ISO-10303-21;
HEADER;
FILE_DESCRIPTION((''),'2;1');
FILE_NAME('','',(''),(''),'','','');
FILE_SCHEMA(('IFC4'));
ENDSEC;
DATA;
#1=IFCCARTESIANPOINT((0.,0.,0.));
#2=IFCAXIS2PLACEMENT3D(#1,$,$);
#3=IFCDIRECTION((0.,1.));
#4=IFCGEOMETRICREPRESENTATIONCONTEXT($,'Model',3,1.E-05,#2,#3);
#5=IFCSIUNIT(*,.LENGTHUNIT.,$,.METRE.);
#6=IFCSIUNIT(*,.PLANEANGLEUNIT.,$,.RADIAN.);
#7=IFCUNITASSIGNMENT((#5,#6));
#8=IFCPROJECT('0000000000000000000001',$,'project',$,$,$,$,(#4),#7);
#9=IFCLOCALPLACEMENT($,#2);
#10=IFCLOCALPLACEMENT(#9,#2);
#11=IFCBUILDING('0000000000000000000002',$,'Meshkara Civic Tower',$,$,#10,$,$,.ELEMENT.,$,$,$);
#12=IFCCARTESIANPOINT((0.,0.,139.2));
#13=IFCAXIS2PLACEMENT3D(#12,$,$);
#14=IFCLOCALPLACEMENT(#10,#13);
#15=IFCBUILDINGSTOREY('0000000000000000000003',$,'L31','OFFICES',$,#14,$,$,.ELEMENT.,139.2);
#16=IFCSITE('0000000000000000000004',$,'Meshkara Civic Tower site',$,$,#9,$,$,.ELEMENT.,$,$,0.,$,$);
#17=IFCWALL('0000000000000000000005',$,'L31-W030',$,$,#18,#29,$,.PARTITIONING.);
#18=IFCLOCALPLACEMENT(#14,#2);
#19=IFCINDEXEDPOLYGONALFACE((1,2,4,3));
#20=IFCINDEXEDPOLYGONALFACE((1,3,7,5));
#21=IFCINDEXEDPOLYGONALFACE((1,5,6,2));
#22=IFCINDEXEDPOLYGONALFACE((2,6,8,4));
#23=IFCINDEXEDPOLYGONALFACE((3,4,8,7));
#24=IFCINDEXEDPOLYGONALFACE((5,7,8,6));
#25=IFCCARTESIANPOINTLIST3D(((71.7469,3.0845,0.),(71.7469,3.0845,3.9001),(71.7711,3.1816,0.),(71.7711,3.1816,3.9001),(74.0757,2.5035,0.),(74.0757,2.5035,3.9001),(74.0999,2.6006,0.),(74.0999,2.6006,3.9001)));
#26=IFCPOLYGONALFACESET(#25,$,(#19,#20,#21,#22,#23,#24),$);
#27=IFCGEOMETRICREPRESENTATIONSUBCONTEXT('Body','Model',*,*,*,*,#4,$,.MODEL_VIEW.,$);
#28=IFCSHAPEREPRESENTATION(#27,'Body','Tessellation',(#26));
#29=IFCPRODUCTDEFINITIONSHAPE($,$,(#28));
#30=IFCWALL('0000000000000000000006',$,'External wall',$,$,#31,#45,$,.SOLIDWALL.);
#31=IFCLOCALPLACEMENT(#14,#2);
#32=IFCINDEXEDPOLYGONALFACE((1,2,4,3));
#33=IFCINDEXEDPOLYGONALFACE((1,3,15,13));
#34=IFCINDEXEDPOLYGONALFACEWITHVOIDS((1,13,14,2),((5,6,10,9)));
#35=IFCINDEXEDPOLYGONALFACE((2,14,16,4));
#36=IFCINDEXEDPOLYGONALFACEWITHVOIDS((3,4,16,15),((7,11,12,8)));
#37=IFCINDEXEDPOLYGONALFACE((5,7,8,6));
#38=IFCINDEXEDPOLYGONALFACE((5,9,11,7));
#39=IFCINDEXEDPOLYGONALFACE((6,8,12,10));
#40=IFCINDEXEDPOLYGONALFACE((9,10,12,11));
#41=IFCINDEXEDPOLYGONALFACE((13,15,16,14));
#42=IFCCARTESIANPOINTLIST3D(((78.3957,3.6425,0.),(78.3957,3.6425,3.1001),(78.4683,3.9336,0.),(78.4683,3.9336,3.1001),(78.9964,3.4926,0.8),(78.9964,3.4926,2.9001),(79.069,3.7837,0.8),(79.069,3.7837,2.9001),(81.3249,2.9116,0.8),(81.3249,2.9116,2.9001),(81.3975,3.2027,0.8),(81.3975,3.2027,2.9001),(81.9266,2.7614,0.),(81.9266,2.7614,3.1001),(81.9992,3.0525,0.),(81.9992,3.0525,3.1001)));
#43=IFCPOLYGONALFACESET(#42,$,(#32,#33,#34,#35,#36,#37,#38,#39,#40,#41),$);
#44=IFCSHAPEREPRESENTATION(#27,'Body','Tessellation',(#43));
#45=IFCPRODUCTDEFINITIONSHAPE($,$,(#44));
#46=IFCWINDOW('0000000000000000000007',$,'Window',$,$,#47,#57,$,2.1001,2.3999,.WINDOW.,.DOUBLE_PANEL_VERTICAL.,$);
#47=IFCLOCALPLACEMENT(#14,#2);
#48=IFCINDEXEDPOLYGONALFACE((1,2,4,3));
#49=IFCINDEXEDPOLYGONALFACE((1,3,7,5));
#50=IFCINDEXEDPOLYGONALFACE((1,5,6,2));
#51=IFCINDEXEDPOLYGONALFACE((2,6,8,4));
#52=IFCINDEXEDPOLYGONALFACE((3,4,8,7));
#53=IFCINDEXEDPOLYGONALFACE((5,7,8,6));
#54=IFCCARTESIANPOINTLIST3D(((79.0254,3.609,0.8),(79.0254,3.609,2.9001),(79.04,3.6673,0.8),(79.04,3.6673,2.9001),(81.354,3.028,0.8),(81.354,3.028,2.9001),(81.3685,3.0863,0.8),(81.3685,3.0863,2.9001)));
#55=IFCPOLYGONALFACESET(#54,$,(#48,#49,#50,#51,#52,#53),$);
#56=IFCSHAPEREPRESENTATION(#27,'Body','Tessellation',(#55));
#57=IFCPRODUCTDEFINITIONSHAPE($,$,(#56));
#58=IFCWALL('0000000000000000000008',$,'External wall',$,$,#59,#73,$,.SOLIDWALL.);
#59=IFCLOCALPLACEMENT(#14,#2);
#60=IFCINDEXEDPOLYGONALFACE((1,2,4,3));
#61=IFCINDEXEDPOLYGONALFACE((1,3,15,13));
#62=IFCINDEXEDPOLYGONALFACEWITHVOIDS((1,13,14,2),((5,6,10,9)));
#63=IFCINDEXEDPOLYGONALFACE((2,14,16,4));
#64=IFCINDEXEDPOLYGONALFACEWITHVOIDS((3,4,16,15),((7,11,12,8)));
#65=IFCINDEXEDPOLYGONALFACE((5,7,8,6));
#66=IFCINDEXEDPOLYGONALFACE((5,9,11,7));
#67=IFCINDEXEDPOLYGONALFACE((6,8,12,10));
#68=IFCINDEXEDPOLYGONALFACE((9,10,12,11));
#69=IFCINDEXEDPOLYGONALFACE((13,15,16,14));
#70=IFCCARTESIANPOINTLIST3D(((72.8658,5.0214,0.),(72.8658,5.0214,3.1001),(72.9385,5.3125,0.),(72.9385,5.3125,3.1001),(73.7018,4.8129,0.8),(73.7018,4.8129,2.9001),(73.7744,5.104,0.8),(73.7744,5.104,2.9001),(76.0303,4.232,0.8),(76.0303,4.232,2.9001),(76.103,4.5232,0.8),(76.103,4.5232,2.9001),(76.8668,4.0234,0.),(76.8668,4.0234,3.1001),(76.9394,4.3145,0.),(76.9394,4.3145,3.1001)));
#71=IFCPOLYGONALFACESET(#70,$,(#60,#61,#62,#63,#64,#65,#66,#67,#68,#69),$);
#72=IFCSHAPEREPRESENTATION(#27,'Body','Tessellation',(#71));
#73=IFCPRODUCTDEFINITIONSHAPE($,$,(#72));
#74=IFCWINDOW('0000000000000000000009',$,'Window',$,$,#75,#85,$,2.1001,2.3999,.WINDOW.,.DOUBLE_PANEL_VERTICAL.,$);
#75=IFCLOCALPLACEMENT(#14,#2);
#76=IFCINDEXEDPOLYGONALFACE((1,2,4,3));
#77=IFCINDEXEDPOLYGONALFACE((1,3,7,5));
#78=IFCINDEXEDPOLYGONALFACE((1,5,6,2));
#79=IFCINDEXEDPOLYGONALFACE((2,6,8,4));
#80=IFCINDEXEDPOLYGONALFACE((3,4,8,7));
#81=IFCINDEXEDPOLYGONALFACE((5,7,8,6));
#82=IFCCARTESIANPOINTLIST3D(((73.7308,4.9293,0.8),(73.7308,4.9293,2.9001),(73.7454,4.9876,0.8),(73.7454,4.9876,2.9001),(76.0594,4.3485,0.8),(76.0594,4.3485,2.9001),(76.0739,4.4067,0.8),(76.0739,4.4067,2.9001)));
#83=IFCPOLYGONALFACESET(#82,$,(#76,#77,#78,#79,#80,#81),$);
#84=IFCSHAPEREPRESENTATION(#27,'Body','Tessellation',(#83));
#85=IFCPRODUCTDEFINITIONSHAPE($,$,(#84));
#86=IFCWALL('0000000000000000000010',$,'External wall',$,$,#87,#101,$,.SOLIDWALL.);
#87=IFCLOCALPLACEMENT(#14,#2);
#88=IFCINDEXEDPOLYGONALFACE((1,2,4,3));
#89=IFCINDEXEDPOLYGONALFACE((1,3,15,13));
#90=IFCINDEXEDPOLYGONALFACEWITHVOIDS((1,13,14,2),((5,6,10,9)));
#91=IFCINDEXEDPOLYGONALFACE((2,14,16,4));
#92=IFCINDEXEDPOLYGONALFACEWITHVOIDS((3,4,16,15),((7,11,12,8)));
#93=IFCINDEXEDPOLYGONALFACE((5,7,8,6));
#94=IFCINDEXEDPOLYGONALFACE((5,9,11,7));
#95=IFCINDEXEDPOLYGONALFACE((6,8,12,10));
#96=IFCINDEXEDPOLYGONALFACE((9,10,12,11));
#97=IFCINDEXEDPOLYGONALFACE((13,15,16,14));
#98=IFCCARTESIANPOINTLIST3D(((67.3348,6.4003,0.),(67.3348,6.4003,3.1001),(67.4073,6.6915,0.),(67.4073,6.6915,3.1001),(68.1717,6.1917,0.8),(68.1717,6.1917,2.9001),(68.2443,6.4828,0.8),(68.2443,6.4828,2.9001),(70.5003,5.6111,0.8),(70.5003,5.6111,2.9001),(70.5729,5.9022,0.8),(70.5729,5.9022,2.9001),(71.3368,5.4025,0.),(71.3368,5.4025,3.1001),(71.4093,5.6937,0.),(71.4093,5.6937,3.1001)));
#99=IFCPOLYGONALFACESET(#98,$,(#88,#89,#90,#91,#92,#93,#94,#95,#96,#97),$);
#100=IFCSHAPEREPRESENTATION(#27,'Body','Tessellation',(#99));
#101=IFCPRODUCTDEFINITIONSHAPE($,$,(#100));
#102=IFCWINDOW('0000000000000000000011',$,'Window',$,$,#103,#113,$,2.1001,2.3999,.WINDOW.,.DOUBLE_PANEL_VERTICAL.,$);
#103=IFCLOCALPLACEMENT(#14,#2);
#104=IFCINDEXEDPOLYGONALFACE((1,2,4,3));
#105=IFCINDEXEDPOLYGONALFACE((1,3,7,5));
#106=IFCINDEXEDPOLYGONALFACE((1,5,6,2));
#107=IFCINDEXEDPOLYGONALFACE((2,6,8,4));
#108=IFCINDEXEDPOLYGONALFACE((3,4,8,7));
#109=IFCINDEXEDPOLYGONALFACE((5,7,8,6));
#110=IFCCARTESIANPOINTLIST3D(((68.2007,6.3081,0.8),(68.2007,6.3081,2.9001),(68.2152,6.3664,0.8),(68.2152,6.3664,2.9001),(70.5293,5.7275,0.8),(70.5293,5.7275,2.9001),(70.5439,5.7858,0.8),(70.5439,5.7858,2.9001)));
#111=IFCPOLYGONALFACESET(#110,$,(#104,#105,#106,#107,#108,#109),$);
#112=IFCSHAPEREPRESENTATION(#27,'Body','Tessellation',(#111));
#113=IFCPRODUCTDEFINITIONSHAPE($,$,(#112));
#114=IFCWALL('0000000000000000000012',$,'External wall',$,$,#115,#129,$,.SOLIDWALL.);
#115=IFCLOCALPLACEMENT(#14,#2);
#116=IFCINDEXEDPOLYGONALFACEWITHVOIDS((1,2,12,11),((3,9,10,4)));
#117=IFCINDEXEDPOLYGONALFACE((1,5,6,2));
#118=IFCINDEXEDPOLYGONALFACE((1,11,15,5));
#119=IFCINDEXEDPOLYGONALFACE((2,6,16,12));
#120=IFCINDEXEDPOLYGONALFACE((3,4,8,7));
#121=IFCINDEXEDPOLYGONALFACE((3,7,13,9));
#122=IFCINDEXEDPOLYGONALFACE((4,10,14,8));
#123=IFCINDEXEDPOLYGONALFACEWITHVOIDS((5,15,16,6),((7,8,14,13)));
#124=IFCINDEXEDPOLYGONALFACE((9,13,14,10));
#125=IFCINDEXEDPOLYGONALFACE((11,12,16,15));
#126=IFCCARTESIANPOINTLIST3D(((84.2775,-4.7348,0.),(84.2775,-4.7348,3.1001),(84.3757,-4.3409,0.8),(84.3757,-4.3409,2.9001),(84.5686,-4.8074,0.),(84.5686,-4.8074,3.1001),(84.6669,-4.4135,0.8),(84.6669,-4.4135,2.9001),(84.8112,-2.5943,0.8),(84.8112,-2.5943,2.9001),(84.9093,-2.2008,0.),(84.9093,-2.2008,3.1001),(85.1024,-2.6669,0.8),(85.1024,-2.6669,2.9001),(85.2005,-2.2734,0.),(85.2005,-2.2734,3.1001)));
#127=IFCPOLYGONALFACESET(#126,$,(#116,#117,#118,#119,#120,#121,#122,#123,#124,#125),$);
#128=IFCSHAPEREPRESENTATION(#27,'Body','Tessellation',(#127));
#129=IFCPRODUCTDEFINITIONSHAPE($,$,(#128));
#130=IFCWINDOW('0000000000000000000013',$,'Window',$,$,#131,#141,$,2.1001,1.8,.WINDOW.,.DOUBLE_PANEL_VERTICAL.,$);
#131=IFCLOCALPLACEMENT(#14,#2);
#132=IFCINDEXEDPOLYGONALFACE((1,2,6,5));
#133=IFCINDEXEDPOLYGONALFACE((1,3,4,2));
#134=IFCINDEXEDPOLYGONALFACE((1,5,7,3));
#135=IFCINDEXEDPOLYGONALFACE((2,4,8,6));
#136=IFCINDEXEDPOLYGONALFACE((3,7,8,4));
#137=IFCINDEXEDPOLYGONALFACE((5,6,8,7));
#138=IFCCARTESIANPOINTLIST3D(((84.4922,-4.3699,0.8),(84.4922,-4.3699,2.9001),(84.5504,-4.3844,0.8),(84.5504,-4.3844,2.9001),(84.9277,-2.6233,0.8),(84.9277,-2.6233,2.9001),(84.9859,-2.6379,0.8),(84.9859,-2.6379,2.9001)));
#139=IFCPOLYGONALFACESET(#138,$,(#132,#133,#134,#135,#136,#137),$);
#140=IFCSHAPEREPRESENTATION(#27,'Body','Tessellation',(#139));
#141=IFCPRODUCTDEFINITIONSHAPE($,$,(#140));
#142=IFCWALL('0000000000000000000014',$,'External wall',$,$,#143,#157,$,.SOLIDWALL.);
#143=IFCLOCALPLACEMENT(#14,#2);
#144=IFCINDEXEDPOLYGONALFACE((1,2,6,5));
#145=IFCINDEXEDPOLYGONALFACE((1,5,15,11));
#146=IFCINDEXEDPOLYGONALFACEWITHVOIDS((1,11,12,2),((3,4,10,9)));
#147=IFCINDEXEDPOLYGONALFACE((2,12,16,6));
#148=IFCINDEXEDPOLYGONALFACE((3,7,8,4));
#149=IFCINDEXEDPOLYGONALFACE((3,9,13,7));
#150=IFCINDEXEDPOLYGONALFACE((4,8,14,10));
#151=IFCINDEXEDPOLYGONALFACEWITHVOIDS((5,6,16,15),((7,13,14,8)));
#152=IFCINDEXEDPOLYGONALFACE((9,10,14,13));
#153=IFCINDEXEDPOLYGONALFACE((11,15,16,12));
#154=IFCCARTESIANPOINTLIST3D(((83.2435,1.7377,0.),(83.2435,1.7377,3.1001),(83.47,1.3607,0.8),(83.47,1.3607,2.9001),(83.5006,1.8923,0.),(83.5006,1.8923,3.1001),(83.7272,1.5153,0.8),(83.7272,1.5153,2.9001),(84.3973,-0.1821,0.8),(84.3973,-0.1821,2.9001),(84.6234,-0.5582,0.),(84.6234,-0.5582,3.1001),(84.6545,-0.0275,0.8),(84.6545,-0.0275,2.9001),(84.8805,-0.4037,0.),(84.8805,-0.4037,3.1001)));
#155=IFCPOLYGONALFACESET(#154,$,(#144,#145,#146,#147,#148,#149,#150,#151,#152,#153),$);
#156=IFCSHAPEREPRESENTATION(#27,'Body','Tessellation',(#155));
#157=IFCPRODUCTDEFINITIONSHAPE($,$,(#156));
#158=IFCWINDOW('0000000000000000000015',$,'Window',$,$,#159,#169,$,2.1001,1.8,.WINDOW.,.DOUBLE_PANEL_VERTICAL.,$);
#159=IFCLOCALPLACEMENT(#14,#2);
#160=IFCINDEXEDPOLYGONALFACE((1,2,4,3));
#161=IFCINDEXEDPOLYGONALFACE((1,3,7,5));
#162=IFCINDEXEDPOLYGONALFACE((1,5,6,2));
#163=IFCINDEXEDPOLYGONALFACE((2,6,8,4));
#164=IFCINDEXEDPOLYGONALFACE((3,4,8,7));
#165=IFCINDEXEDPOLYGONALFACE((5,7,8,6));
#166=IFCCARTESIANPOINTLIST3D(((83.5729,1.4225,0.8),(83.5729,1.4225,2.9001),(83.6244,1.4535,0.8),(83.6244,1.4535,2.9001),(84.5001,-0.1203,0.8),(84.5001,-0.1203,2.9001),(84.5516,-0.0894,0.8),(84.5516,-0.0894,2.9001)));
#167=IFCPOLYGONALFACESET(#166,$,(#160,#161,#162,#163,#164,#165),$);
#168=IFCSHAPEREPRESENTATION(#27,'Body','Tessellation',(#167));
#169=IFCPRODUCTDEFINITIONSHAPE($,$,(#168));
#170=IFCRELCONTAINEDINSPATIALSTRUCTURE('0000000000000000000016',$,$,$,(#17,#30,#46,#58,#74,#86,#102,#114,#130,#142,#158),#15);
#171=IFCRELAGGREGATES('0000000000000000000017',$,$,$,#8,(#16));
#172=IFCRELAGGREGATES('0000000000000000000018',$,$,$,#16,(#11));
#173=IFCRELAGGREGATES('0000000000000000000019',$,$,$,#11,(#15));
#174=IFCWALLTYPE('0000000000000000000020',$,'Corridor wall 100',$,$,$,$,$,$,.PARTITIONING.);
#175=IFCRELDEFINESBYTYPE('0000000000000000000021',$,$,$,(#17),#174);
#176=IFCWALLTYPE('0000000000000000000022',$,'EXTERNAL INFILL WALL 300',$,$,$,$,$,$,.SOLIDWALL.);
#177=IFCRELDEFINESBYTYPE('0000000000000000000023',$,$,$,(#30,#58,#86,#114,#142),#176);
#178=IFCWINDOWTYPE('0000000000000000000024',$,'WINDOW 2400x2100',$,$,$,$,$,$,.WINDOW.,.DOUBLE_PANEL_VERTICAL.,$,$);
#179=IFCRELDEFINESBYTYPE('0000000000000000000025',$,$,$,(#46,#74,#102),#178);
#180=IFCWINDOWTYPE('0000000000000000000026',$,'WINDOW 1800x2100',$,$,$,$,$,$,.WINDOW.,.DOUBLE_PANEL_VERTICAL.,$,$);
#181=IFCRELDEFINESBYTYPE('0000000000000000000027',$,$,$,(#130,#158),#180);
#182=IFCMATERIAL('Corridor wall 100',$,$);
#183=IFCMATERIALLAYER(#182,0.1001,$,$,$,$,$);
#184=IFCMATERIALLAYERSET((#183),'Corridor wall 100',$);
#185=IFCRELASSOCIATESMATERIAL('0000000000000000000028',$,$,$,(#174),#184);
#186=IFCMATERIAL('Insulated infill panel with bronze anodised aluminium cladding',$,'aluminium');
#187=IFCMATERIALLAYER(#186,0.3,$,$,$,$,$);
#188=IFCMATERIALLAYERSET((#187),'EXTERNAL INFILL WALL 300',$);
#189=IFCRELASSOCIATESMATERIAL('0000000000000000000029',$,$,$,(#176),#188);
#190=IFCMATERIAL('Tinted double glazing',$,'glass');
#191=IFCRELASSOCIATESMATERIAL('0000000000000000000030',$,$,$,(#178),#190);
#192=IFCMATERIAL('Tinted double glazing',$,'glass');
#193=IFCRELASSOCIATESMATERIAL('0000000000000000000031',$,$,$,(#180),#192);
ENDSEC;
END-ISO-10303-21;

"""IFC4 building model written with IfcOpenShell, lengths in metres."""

from ifc_helpers import new_model, si_unit, direction, frame, frame_2d, origin, place, context, subcontext, project, spatial, rectangle, extrude, material, layer, layer_set, type_object, element, fill, save


model = new_model("IFC4")

# Units and contexts
model_context = context("Model", 3, precision=1e-05, world=origin(), true_north=direction((0.0, 1.0)))
body_context = subcontext(model_context, "Body", "Model", "MODEL_VIEW")
ifc_project = project(units=[si_unit("LENGTHUNIT", "METRE"), si_unit("PLANEANGLEUNIT", "RADIAN")], contexts=[model_context])

# Site, building, storey
site_placement = place(None, origin())
site = spatial("IfcSite", under=ifc_project, at=site_placement, Name="Meshkara Civic Tower site", CompositionType="ELEMENT", RefElevation=0.0)
building_placement = place(site_placement, origin())
building = spatial("IfcBuilding", under=site, at=building_placement, Name="Meshkara Civic Tower", CompositionType="ELEMENT")
storey_placement = place(building_placement, frame((0.0, 0.0, 139.2)))
storey = spatial("IfcBuildingStorey", under=building, at=storey_placement, Name="L31", Description="OFFICES", CompositionType="ELEMENT", Elevation=139.2)

# Shared definitions
ifc_material_1 = material(Name="Corridor wall 100")
ifc_layer_1 = layer(ifc_material_1, 0.1001)
ifc_layer_set_1 = layer_set([ifc_layer_1], Name="Corridor wall 100")
wall_type_1 = type_object("IfcWallType", Name="Corridor wall 100", PredefinedType="PARTITIONING", material=ifc_layer_set_1)

# Wall
wall_1_placement = place(storey_placement, frame((74.0879, 2.552, 0.0), z_axis=(0.0, 0.0, 1.0), x_axis=(-0.970256, 0.242081, 0.0)))
element("IfcWall", 1, at=wall_1_placement, inside=storey, type_object=wall_type_1, Name="L31-W030", PredefinedType="PARTITIONING", context=body_context, shape_type="SweptSolid", body=[
    extrude(rectangle(XDim=2.4001, YDim=0.1001, at=frame_2d((1.2002, 0.0))), origin(), (0.0, 0.0, 1.0), 3.9001),
])

# Walls, openings, windows
ifc_material_2 = material(Name="Insulated infill panel with bronze anodised aluminium cladding", Category="aluminium")
ifc_layer_2 = layer(ifc_material_2, 0.3)
ifc_layer_set_2 = layer_set([ifc_layer_2], Name="EXTERNAL INFILL WALL 300")
wall_type_2 = type_object("IfcWallType", Name="EXTERNAL INFILL WALL 300", PredefinedType="SOLIDWALL", material=ifc_layer_set_2)
wall_2_placement = place(storey_placement, frame((81.9629, 2.907, 0.0), z_axis=(0.0, 0.0, 1.0), x_axis=(-0.970249, 0.242109, 0.0)))
wall_2 = element("IfcWall", 2, at=wall_2_placement, inside=storey, type_object=wall_type_2, Name="External wall", PredefinedType="SOLIDWALL", context=body_context, shape_type="SweptSolid", body=[
    extrude(rectangle(XDim=3.6392, YDim=0.3, at=frame_2d((1.8196, 0.0))), origin(), (0.0, 0.0, 1.0), 3.1001),
])
opening_1_placement = place(wall_2_placement, frame((0.6201, 0.0, 0.8)))
opening_1 = element("IfcOpeningElement", 3, at=opening_1_placement, cuts=wall_2, PredefinedType="OPENING", context=body_context, shape_type="SweptSolid", body=[
    extrude(rectangle(XDim=2.3999, YDim=2.1001, at=frame_2d((1.2, 1.05))), frame((0.0, 0.1599, 0.0), z_axis=(0.0, -1.0, 0.0), x_axis=(1.0, 0.0, 0.0)), (0.0, 0.0, 1.0), 0.3201),
])
ifc_material_3 = material(Name="Tinted double glazing", Category="glass")
window_type_1 = type_object("IfcWindowType", Name="WINDOW 2400x2100", PartitioningType="DOUBLE_PANEL_VERTICAL", PredefinedType="WINDOW", material=ifc_material_3)
window_1_placement = place(opening_1_placement, origin())
window_1 = element("IfcWindow", 4, at=window_1_placement, inside=storey, type_object=window_type_1, Name="Window", OverallHeight=2.1001, OverallWidth=2.3999, PartitioningType="DOUBLE_PANEL_VERTICAL", PredefinedType="WINDOW", context=body_context, shape_type="SweptSolid", body=[
    extrude(rectangle(XDim=2.3999, YDim=2.1001, at=frame_2d((1.2, 1.05))), frame((0.0, 0.03, 0.0), z_axis=(0.0, -1.0, 0.0), x_axis=(1.0, 0.0, 0.0)), (0.0, 0.0, 1.0), 0.0601),
])
fill(opening_1, window_1)
wall_3_placement = place(storey_placement, frame((76.9031, 4.1689, 0.0), z_axis=(0.0, 0.0, 1.0), x_axis=(-0.970268, 0.242034, 0.0)))
wall_3 = element("IfcWall", 5, at=wall_3_placement, inside=storey, type_object=wall_type_2, Name="External wall", PredefinedType="SOLIDWALL", context=body_context, shape_type="SweptSolid", body=[
    extrude(rectangle(XDim=4.1235, YDim=0.3, at=frame_2d((2.0618, 0.0))), origin(), (0.0, 0.0, 1.0), 3.1001),
])
opening_2_placement = place(wall_3_placement, frame((0.8621, 0.0, 0.8)))
opening_2 = element("IfcOpeningElement", 6, at=opening_2_placement, cuts=wall_3, PredefinedType="OPENING", context=body_context, shape_type="SweptSolid", body=[
    extrude(rectangle(XDim=2.3999, YDim=2.1001, at=frame_2d((1.2, 1.05))), frame((0.0, 0.1599, 0.0), z_axis=(0.0, -1.0, 0.0), x_axis=(1.0, 0.0, 0.0)), (0.0, 0.0, 1.0), 0.3201),
])
window_2_placement = place(opening_2_placement, origin())
window_2 = element("IfcWindow", 7, at=window_2_placement, inside=storey, type_object=window_type_1, Name="Window", OverallHeight=2.1001, OverallWidth=2.3999, PartitioningType="DOUBLE_PANEL_VERTICAL", PredefinedType="WINDOW", context=body_context, shape_type="SweptSolid", body=[
    extrude(rectangle(XDim=2.3999, YDim=2.1001, at=frame_2d((1.2, 1.05))), frame((0.0, 0.03, 0.0), z_axis=(0.0, -1.0, 0.0), x_axis=(1.0, 0.0, 0.0)), (0.0, 0.0, 1.0), 0.0601),
])
fill(opening_2, window_2)
wall_4_placement = place(storey_placement, frame((71.373, 5.5481, 0.0), z_axis=(0.0, 0.0, 1.0), x_axis=(-0.970296, 0.241923, 0.0)))
wall_4 = element("IfcWall", 8, at=wall_4_placement, inside=storey, type_object=wall_type_2, Name="External wall", PredefinedType="SOLIDWALL", context=body_context, shape_type="SweptSolid", body=[
    extrude(rectangle(XDim=4.1245, YDim=0.3, at=frame_2d((2.0623, 0.0))), origin(), (0.0, 0.0, 1.0), 3.1001),
])
opening_3_placement = place(wall_4_placement, frame((0.8621, 0.0, 0.8)))
opening_3 = element("IfcOpeningElement", 9, at=opening_3_placement, cuts=wall_4, PredefinedType="OPENING", context=body_context, shape_type="SweptSolid", body=[
    extrude(rectangle(XDim=2.3999, YDim=2.1001, at=frame_2d((1.2, 1.05))), frame((0.0, 0.1599, 0.0), z_axis=(0.0, -1.0, 0.0), x_axis=(1.0, 0.0, 0.0)), (0.0, 0.0, 1.0), 0.3201),
])
window_3_placement = place(opening_3_placement, origin())
window_3 = element("IfcWindow", 10, at=window_3_placement, inside=storey, type_object=window_type_1, Name="Window", OverallHeight=2.1001, OverallWidth=2.3999, PartitioningType="DOUBLE_PANEL_VERTICAL", PredefinedType="WINDOW", context=body_context, shape_type="SweptSolid", body=[
    extrude(rectangle(XDim=2.3999, YDim=2.1001, at=frame_2d((1.2, 1.05))), frame((0.0, 0.03, 0.0), z_axis=(0.0, -1.0, 0.0), x_axis=(1.0, 0.0, 0.0)), (0.0, 0.0, 1.0), 0.0601),
])
fill(opening_3, window_3)
wall_5_placement = place(storey_placement, frame((84.4231, -4.771, 0.0), z_axis=(0.0, 0.0, 1.0), x_axis=(0.241942, 0.970291, 0.0)))
wall_5 = element("IfcWall", 11, at=wall_5_placement, inside=storey, type_object=wall_type_2, Name="External wall", PredefinedType="SOLIDWALL", context=body_context, shape_type="SweptSolid", body=[
    extrude(rectangle(XDim=2.6116, YDim=0.3, at=frame_2d((1.3057, 0.0))), origin(), (0.0, 0.0, 1.0), 3.1001),
])
opening_4_placement = place(wall_5_placement, frame((0.406, 0.0, 0.8)))
opening_4 = element("IfcOpeningElement", 12, at=opening_4_placement, cuts=wall_5, PredefinedType="OPENING", context=body_context, shape_type="SweptSolid", body=[
    extrude(rectangle(XDim=1.8, YDim=2.1001, at=frame_2d((0.8999, 1.05))), frame((0.0, 0.1599, 0.0), z_axis=(0.0, -1.0, 0.0), x_axis=(1.0, 0.0, 0.0)), (0.0, 0.0, 1.0), 0.3201),
])
ifc_material_4 = material(Name="Tinted double glazing", Category="glass")
window_type_2 = type_object("IfcWindowType", Name="WINDOW 1800x2100", PartitioningType="DOUBLE_PANEL_VERTICAL", PredefinedType="WINDOW", material=ifc_material_4)
window_4_placement = place(opening_4_placement, origin())
window_4 = element("IfcWindow", 13, at=window_4_placement, inside=storey, type_object=window_type_2, Name="Window", OverallHeight=2.1001, OverallWidth=1.8, PartitioningType="DOUBLE_PANEL_VERTICAL", PredefinedType="WINDOW", context=body_context, shape_type="SweptSolid", body=[
    extrude(rectangle(XDim=1.8, YDim=2.1001, at=frame_2d((0.8999, 1.05))), frame((0.0, 0.03, 0.0), z_axis=(0.0, -1.0, 0.0), x_axis=(1.0, 0.0, 0.0)), (0.0, 0.0, 1.0), 0.0601),
])
fill(opening_4, window_4)
wall_6_placement = place(storey_placement, frame((84.752, -0.481, 0.0), z_axis=(0.0, 0.0, 1.0), x_axis=(-0.515139, 0.857107, 0.0)))
wall_6 = element("IfcWall", 14, at=wall_6_placement, inside=storey, type_object=wall_type_2, Name="External wall", PredefinedType="SOLIDWALL", context=body_context, shape_type="SweptSolid", body=[
    extrude(rectangle(XDim=2.6787, YDim=0.3, at=frame_2d((1.3394, 0.0))), origin(), (0.0, 0.0, 1.0), 3.1001),
])
opening_5_placement = place(wall_6_placement, frame((0.439, 0.0, 0.8)))
opening_5 = element("IfcOpeningElement", 15, at=opening_5_placement, cuts=wall_6, PredefinedType="OPENING", context=body_context, shape_type="SweptSolid", body=[
    extrude(rectangle(XDim=1.8, YDim=2.1001, at=frame_2d((0.8999, 1.05))), frame((0.0, 0.1599, 0.0), z_axis=(0.0, -1.0, 0.0), x_axis=(1.0, 0.0, 0.0)), (0.0, 0.0, 1.0), 0.3201),
])
window_5_placement = place(opening_5_placement, origin())
window_5 = element("IfcWindow", 16, at=window_5_placement, inside=storey, type_object=window_type_2, Name="Window", OverallHeight=2.1001, OverallWidth=1.8, PartitioningType="DOUBLE_PANEL_VERTICAL", PredefinedType="WINDOW", context=body_context, shape_type="SweptSolid", body=[
    extrude(rectangle(XDim=1.8, YDim=2.1001, at=frame_2d((0.8999, 1.05))), frame((0.0, 0.03, 0.0), z_axis=(0.0, -1.0, 0.0), x_axis=(1.0, 0.0, 0.0)), (0.0, 0.0, 1.0), 0.0601),
])
fill(opening_5, window_5)

save(model, "model.ifc")
